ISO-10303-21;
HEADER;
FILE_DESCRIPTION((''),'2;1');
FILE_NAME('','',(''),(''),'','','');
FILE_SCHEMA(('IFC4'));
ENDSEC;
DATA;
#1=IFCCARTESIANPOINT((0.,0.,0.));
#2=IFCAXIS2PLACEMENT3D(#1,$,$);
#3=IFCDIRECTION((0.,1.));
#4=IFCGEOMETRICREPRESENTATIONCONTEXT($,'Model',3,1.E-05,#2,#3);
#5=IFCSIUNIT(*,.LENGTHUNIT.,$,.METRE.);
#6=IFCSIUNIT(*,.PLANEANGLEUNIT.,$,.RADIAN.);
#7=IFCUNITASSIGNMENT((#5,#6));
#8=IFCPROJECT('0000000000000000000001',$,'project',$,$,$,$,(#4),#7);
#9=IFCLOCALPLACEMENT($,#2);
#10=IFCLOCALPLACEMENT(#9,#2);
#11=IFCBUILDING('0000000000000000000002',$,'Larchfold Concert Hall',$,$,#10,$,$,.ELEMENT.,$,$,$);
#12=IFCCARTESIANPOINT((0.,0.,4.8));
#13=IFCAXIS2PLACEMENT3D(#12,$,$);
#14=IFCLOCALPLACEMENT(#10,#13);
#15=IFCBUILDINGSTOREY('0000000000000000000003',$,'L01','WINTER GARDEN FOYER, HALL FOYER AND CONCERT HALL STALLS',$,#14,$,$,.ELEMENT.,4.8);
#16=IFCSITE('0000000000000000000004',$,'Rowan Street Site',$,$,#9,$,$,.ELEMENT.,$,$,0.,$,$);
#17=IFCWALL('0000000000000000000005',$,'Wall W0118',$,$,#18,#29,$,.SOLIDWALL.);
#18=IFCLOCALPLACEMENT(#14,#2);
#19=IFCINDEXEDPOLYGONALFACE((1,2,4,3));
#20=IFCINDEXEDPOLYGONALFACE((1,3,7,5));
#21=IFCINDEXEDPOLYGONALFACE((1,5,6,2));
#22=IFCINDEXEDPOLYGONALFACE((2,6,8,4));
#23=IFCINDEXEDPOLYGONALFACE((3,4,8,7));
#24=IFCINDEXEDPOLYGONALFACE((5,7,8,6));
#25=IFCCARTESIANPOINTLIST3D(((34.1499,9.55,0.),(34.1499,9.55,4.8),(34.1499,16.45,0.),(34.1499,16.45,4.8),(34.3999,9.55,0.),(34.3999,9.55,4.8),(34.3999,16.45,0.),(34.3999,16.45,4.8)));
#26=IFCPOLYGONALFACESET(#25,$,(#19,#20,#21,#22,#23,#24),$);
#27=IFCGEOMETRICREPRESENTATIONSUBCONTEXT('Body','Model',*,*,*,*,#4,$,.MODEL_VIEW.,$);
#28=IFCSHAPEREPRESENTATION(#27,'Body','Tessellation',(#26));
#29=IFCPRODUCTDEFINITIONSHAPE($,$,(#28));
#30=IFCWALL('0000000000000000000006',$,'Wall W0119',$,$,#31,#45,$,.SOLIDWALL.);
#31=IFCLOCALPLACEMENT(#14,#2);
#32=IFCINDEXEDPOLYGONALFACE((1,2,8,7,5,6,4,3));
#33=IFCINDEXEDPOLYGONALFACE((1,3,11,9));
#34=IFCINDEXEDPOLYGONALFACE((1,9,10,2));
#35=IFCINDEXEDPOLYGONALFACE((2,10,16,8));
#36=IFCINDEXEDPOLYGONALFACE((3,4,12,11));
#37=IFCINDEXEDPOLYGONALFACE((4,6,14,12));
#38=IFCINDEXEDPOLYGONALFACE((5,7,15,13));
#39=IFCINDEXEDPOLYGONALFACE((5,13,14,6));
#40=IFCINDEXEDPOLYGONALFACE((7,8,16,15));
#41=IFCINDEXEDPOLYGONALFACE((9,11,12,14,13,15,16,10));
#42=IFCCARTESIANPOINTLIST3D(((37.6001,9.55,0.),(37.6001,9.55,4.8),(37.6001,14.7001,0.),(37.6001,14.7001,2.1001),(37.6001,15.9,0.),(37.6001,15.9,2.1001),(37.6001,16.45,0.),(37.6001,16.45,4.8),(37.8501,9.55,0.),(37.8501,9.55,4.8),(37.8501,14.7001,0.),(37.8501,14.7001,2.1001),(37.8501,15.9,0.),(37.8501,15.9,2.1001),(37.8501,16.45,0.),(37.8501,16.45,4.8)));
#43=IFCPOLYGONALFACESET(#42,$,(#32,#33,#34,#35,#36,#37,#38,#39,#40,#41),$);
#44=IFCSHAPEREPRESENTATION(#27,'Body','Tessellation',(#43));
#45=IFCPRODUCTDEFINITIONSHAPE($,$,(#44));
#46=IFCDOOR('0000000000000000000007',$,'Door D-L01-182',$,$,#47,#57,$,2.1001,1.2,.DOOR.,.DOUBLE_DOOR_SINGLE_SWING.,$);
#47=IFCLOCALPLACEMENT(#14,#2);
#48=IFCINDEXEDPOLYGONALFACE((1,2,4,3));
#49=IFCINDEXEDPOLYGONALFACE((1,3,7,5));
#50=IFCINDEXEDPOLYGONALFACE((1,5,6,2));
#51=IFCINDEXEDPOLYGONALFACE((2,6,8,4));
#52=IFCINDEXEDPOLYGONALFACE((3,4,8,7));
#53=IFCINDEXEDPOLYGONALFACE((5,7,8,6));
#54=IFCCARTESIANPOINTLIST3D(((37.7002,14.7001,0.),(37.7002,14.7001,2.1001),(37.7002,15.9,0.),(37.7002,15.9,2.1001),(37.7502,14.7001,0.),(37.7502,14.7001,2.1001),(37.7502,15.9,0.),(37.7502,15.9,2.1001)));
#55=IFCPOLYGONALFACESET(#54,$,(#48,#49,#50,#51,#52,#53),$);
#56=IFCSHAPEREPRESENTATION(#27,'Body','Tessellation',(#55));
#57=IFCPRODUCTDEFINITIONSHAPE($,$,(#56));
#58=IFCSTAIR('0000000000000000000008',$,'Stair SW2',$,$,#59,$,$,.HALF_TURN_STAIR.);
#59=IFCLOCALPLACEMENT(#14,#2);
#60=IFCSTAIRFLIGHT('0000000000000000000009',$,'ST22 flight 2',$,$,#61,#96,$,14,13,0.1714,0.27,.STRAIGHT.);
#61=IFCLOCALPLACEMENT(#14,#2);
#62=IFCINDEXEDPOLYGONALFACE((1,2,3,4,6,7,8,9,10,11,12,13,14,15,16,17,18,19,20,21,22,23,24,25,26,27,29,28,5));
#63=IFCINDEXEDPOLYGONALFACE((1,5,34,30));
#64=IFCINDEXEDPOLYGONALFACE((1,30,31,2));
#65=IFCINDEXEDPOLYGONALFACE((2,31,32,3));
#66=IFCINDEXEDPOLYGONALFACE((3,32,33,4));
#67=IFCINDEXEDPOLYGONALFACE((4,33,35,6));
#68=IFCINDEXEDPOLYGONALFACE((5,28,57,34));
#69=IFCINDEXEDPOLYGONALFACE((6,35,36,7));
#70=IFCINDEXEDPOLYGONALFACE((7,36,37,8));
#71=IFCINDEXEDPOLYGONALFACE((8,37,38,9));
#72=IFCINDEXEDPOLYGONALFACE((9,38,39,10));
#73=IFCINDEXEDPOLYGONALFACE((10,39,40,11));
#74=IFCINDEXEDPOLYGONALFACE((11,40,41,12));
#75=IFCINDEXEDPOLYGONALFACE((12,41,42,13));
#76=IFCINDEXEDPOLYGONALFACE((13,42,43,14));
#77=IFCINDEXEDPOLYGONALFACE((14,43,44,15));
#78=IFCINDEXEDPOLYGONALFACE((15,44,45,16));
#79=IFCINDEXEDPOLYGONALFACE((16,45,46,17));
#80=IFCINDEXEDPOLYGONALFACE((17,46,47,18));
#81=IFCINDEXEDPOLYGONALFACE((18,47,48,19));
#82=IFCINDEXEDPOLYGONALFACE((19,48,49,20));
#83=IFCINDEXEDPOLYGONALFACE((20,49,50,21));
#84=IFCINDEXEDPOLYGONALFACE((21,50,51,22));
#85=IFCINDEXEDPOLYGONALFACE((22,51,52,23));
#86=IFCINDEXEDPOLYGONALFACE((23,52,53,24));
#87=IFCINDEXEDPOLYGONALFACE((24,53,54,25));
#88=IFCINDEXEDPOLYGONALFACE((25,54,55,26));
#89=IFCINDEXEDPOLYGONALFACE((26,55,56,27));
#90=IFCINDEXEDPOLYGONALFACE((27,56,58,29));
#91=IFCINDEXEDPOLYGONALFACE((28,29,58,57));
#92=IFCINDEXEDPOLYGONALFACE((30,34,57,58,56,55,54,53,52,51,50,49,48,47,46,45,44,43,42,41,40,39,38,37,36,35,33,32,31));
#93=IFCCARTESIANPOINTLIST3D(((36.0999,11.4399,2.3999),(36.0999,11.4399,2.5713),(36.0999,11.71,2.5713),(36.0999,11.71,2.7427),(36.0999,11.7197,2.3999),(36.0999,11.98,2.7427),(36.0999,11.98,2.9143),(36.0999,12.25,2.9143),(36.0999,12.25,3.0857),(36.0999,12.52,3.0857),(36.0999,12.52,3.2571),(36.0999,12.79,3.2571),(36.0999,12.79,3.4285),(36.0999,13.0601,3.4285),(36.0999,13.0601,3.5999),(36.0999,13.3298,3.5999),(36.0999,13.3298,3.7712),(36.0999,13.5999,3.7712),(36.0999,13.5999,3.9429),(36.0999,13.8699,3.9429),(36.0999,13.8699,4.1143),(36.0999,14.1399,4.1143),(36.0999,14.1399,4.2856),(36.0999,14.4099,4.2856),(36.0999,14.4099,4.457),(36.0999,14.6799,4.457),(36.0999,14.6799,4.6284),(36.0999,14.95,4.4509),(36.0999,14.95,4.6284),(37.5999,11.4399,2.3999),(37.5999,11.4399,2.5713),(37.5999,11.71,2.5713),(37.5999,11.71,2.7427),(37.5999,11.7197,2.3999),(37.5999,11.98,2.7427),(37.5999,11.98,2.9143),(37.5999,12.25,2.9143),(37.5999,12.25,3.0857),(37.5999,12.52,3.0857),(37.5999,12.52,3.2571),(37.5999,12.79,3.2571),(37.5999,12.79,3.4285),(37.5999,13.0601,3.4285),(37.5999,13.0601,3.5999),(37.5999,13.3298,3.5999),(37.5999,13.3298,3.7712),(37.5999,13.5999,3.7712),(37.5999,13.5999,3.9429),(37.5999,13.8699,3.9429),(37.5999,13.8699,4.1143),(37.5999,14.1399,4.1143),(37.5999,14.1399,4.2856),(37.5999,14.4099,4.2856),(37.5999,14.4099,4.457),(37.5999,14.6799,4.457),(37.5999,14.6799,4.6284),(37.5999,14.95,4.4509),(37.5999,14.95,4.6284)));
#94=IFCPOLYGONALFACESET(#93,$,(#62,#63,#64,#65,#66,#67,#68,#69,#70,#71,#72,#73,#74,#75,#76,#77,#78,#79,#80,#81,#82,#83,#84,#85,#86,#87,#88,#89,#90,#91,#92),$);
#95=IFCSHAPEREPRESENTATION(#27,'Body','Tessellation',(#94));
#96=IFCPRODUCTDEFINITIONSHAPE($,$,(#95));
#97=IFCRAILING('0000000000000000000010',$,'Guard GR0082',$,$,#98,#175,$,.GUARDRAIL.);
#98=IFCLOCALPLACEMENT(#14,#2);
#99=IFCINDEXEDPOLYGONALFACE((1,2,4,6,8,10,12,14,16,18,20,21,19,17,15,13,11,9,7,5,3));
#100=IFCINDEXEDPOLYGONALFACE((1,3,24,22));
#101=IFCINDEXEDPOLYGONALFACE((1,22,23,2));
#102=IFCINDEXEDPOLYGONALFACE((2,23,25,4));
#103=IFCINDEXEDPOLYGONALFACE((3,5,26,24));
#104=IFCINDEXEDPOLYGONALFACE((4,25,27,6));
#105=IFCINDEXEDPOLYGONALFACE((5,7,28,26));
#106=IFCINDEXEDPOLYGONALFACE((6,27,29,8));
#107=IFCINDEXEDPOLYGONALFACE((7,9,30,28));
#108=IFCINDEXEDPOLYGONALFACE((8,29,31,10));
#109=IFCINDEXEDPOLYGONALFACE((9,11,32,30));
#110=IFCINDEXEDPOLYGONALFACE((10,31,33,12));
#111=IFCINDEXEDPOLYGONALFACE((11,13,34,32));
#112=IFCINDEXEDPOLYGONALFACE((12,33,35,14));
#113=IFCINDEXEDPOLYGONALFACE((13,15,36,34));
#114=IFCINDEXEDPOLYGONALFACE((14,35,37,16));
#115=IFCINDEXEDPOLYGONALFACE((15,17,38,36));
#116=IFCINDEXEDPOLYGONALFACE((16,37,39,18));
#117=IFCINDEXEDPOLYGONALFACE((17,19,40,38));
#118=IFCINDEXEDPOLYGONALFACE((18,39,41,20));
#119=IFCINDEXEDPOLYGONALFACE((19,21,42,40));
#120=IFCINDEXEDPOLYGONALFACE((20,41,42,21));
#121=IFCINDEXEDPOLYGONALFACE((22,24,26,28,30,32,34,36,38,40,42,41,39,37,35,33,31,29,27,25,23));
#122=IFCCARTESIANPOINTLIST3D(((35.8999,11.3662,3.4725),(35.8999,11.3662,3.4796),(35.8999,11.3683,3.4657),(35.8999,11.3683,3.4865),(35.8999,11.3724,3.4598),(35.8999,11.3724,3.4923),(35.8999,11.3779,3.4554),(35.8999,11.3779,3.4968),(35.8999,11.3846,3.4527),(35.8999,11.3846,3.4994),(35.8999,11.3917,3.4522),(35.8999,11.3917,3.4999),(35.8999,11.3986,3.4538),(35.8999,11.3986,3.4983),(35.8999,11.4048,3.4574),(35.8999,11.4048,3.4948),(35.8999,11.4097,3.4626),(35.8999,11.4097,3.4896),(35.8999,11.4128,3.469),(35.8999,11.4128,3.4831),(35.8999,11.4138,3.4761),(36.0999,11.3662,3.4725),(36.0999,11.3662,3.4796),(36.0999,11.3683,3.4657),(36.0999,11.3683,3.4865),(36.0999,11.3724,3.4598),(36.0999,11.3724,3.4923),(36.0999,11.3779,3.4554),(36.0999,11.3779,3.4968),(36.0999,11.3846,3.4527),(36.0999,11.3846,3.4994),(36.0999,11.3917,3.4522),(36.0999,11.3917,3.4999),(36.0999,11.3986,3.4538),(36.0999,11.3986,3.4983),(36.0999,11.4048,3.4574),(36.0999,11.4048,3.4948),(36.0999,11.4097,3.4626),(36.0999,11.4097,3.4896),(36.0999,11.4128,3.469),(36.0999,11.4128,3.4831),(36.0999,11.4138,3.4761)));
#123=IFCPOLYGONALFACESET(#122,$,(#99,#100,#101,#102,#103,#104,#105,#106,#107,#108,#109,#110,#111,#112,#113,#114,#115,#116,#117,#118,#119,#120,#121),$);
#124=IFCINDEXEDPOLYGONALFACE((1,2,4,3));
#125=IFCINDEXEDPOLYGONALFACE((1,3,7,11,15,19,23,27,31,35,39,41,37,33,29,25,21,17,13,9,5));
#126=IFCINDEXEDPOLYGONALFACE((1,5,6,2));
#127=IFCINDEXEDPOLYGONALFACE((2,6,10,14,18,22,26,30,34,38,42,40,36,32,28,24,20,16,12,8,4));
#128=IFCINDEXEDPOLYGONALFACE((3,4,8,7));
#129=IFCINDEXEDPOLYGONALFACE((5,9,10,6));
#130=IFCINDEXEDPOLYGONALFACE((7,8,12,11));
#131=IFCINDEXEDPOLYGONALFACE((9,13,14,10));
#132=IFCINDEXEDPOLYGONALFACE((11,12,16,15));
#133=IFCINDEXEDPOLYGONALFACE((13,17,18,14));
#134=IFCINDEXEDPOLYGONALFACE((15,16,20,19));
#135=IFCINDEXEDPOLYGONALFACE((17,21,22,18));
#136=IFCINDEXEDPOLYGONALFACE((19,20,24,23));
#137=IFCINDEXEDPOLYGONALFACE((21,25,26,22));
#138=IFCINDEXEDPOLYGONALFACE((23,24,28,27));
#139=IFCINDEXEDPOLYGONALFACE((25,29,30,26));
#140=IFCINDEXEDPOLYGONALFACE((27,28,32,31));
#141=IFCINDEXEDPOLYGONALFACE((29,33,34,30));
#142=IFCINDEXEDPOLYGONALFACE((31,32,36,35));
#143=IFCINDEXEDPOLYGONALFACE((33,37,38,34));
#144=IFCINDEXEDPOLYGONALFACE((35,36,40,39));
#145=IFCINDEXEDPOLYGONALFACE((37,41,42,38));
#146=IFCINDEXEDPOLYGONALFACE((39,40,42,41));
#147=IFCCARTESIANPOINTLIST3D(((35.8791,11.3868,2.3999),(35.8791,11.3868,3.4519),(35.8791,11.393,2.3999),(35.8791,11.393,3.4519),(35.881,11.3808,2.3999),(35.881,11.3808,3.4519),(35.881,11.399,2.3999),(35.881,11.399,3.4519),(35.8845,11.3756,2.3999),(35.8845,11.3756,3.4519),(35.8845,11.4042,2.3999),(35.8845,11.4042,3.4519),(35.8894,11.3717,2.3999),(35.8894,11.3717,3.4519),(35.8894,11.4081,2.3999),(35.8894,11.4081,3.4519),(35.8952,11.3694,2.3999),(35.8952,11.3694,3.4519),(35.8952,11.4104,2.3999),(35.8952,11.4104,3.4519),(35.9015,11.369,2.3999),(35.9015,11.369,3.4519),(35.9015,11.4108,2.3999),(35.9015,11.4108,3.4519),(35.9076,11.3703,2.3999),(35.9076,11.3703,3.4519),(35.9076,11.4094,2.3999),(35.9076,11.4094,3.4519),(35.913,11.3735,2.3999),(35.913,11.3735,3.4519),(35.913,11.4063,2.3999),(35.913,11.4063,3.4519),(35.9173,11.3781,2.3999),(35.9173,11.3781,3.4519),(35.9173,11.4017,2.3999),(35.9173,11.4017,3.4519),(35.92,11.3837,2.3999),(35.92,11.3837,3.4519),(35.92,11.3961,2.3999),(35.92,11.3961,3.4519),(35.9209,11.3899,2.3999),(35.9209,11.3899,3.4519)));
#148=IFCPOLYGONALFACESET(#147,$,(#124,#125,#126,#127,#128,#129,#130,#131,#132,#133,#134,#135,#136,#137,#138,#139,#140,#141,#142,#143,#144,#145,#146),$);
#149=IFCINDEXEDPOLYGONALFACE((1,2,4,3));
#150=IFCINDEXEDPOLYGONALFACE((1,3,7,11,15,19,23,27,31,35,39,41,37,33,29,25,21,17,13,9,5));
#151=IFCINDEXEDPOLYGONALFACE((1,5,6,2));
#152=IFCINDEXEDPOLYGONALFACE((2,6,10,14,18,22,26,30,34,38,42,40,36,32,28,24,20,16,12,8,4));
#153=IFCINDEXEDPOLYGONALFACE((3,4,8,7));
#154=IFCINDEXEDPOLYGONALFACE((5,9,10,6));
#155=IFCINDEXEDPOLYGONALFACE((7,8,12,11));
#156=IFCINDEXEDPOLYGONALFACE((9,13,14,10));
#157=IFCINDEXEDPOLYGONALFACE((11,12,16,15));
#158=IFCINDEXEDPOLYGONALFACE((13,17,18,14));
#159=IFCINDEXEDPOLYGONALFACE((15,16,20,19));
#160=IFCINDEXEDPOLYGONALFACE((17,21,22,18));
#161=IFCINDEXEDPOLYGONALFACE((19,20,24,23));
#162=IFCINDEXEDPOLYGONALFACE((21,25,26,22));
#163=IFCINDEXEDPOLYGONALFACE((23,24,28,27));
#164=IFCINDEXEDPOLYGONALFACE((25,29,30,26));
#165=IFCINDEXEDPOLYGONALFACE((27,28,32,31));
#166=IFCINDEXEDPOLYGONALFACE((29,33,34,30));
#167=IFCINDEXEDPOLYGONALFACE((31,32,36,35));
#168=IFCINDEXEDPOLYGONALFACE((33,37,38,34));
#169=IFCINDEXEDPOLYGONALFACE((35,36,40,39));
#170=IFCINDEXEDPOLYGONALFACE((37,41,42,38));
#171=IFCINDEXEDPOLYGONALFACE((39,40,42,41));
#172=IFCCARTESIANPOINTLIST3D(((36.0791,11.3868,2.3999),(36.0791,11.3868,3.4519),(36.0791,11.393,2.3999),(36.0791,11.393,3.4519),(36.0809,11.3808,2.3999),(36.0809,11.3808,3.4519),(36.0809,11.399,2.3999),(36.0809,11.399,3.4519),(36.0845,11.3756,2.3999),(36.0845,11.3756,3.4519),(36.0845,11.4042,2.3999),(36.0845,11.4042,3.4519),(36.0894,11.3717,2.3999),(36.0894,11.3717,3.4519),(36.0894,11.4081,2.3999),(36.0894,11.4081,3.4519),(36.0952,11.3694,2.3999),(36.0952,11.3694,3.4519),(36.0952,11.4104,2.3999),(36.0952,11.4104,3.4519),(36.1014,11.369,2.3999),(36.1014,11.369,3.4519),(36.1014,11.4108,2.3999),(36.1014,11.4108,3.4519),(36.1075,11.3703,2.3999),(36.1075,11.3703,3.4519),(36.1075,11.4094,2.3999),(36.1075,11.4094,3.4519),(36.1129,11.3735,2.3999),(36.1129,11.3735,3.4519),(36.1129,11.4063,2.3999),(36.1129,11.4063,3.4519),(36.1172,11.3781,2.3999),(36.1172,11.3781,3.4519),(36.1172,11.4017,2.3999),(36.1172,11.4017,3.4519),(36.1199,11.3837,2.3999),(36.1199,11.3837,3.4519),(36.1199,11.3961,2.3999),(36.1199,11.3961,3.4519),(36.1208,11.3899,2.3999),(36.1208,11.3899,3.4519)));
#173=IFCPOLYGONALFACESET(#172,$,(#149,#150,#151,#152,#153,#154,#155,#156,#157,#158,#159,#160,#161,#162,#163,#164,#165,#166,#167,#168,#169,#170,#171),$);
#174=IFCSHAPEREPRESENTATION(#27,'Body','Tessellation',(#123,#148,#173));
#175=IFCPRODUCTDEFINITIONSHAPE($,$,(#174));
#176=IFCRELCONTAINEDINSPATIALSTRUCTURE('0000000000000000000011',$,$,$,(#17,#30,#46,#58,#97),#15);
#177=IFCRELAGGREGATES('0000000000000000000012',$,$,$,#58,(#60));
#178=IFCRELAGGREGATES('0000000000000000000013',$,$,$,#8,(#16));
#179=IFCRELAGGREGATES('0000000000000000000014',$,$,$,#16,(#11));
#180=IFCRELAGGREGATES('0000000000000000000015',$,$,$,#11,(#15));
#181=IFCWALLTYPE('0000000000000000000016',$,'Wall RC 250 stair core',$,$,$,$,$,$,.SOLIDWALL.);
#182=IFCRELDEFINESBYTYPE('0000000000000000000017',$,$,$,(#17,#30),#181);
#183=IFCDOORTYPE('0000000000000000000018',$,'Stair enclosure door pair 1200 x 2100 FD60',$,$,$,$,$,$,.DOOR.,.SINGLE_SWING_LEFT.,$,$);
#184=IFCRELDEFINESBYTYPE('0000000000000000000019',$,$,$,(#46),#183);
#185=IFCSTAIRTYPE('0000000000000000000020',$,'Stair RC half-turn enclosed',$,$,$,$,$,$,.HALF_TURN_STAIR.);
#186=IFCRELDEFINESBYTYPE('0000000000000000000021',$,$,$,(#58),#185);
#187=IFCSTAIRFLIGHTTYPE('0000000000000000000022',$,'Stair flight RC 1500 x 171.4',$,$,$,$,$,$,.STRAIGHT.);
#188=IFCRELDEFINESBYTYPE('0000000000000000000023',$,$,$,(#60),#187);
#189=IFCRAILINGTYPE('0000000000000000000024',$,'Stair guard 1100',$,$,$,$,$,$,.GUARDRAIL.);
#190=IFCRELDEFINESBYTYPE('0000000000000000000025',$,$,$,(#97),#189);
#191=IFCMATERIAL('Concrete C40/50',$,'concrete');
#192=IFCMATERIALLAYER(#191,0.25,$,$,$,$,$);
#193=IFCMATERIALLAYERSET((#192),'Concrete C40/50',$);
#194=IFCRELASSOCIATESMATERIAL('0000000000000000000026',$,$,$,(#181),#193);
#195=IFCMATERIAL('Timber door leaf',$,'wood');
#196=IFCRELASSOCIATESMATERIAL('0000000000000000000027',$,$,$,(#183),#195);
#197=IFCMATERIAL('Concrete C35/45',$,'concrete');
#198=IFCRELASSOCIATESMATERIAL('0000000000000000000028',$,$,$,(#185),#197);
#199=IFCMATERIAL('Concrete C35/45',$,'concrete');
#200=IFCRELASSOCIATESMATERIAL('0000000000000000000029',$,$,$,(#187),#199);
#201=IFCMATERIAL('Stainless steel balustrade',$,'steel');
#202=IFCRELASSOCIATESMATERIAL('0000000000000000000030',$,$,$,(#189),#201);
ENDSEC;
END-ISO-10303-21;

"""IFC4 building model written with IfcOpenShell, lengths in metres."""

from ifc_helpers import new_model, si_unit, direction, frame, frame_2d, origin, origin_2d, place, context, subcontext, project, spatial, polyline, rectangle, circle, outline, extrude, material, layer, layer_set, type_object, element, fill, aggregate, save


model = new_model("IFC4")

# Units and contexts
model_context = context("Model", 3, precision=1e-05, world=origin(), true_north=direction((0.0, 1.0)))
body_context = subcontext(model_context, "Body", "Model", "MODEL_VIEW")
ifc_project = project(units=[si_unit("LENGTHUNIT", "METRE"), si_unit("PLANEANGLEUNIT", "RADIAN")], contexts=[model_context])

# Site, building, storey
site_placement = place(None, origin())
site = spatial("IfcSite", under=ifc_project, at=site_placement, Name="Rowan Street Site", CompositionType="ELEMENT", RefElevation=0.0)
building_placement = place(site_placement, origin())
building = spatial("IfcBuilding", under=site, at=building_placement, Name="Larchfold Concert Hall", CompositionType="ELEMENT")
storey_placement = place(building_placement, frame((0.0, 0.0, 4.8)))
storey = spatial("IfcBuildingStorey", under=building, at=storey_placement, Name="L01", Description="WINTER GARDEN FOYER, HALL FOYER AND CONCERT HALL STALLS", CompositionType="ELEMENT", Elevation=4.8)

# Wall
ifc_material_1 = material(Name="Concrete C40/50", Category="concrete")
ifc_layer_1 = layer(ifc_material_1, 0.25)
ifc_layer_set_1 = layer_set([ifc_layer_1], Name="Concrete C40/50")
wall_type_1 = type_object("IfcWallType", Name="Wall RC 250 stair core", PredefinedType="SOLIDWALL", material=ifc_layer_set_1)
wall_1_placement = place(storey_placement, frame((34.2749, 9.55, 0.0), z_axis=(0.0, 0.0, 1.0), x_axis=(0.0, 1.0, 0.0)))
element("IfcWall", 1, at=wall_1_placement, inside=storey, type_object=wall_type_1, Name="Wall W0118", PredefinedType="SOLIDWALL", context=body_context, shape_type="SweptSolid", body=[
    extrude(rectangle(XDim=6.8999, YDim=0.25, at=frame_2d((3.45, 0.0))), origin(), (0.0, 0.0, 1.0), 4.8),
])

# Wall, opening, door
wall_2_placement = place(storey_placement, frame((37.7251, 9.55, 0.0), z_axis=(0.0, 0.0, 1.0), x_axis=(0.0, 1.0, 0.0)))
wall_2 = element("IfcWall", 2, at=wall_2_placement, inside=storey, type_object=wall_type_1, Name="Wall W0119", PredefinedType="SOLIDWALL", context=body_context, shape_type="SweptSolid", body=[
    extrude(rectangle(XDim=6.8999, YDim=0.25, at=frame_2d((3.45, 0.0))), origin(), (0.0, 0.0, 1.0), 4.8),
])
opening_1_placement = place(wall_2_placement, frame((5.1499, 0.0, 0.0)))
opening_1 = element("IfcOpeningElement", 3, at=opening_1_placement, cuts=wall_2, PredefinedType="OPENING", context=body_context, shape_type="SweptSolid", body=[
    extrude(rectangle(XDim=1.2, YDim=2.1001, at=frame_2d((0.6001, 1.05))), frame((0.0, 0.135, 0.0), z_axis=(0.0, -1.0, 0.0), x_axis=(1.0, 0.0, 0.0)), (0.0, 0.0, 1.0), 0.27),
])
ifc_material_2 = material(Name="Timber door leaf", Category="wood")
door_type_1 = type_object("IfcDoorType", Name="Stair enclosure door pair 1200 x 2100 FD60", OperationType="SINGLE_SWING_LEFT", PredefinedType="DOOR", material=ifc_material_2)
door_1_placement = place(opening_1_placement, origin())
door_1 = element("IfcDoor", 4, at=door_1_placement, inside=storey, type_object=door_type_1, Name="Door D-L01-182", OperationType="DOUBLE_DOOR_SINGLE_SWING", OverallHeight=2.1001, OverallWidth=1.2, PredefinedType="DOOR", context=body_context, shape_type="SweptSolid", body=[
    extrude(rectangle(XDim=1.2, YDim=2.1001, at=frame_2d((0.6001, 1.05))), frame((0.0, 0.0249, 0.0), z_axis=(0.0, -1.0, 0.0), x_axis=(1.0, 0.0, 0.0)), (0.0, 0.0, 1.0), 0.05),
])
fill(opening_1, door_1)

# Stair, stair flight
ifc_material_3 = material(Name="Concrete C35/45", Category="concrete")
stair_type = type_object("IfcStairType", Name="Stair RC half-turn enclosed", PredefinedType="HALF_TURN_STAIR", material=ifc_material_3)
stair_placement = place(storey_placement, origin())
stair = element("IfcStair", 5, at=stair_placement, inside=storey, type_object=stair_type, Name="Stair SW2", PredefinedType="HALF_TURN_STAIR")
ifc_material_4 = material(Name="Concrete C35/45", Category="concrete")
stair_flight_type = type_object("IfcStairFlightType", Name="Stair flight RC 1500 x 171.4", PredefinedType="STRAIGHT", material=ifc_material_4)
stair_flight_placement = place(storey_placement, frame((36.8499, 11.4399, 2.3999), z_axis=(0.0, 0.0, 1.0), x_axis=(0.0, 1.0, 0.0)))
stair_flight = element("IfcStairFlight", 6, at=stair_flight_placement, type_object=stair_flight_type, Name="ST22 flight 2", NumberOfRisers=14, NumberOfTreads=13, PredefinedType="STRAIGHT", RiserHeight=0.1714, TreadLength=0.27, context=body_context, shape_type="SweptSolid", body=[
    extrude(outline(polyline([(0.0, 0.0), (0.0, 0.1714), (0.27, 0.1714), (0.27, 0.3428), (0.54, 0.3428), (0.54, 0.5144), (0.8101, 0.5144), (0.8101, 0.6858), (1.0801, 0.6858), (1.0801, 0.8572), (1.3501, 0.8572), (1.3501, 1.0286), (1.6201, 1.0286), (1.6201, 1.2), (1.8899, 1.2), (1.8899, 1.3713), (2.1599, 1.3713), (2.1599, 1.543), (2.4299, 1.543), (2.4299, 1.7144), (2.7, 1.7144), (2.7, 1.8857), (2.97, 1.8857), (2.97, 2.0571), (3.24, 2.0571), (3.24, 2.2285), (3.51, 2.2285), (3.51, 2.3999), (3.51, 2.051), (0.2798, 0.0), (0.0, 0.0)])), frame((0.0, 0.75, 0.0), z_axis=(0.0, -1.0, 0.0), x_axis=(1.0, 0.0, 0.0)), (0.0, 0.0, 1.0), 1.5),
])
aggregate(stair, [stair_flight])

# Railing
ifc_material_5 = material(Name="Stainless steel balustrade", Category="steel")
railing_type_1 = type_object("IfcRailingType", Name="Stair guard 1100", PredefinedType="GUARDRAIL", material=ifc_material_5)
railing_1_placement = place(storey_placement, frame((35.8999, 11.3899, 2.3999)))
element("IfcRailing", 7, at=railing_1_placement, inside=storey, type_object=railing_type_1, Name="Guard GR0082", PredefinedType="GUARDRAIL", context=body_context, shape_type="SweptSolid", body=[
    extrude(circle(Radius=0.0239, at=origin_2d()), frame((0.0, 0.0, 1.0762), z_axis=(1.0, 0.0, 0.0), x_axis=(0.0, 1.0, 0.0)), (0.0, 0.0, 1.0), 0.2),
    extrude(circle(Radius=0.021, at=origin_2d()), origin(), (0.0, 0.0, 1.0), 1.052),
    extrude(circle(Radius=0.021, at=origin_2d()), frame((0.2, 0.0, 0.0)), (0.0, 0.0, 1.0), 1.052),
])

save(model, "model.ifc")
